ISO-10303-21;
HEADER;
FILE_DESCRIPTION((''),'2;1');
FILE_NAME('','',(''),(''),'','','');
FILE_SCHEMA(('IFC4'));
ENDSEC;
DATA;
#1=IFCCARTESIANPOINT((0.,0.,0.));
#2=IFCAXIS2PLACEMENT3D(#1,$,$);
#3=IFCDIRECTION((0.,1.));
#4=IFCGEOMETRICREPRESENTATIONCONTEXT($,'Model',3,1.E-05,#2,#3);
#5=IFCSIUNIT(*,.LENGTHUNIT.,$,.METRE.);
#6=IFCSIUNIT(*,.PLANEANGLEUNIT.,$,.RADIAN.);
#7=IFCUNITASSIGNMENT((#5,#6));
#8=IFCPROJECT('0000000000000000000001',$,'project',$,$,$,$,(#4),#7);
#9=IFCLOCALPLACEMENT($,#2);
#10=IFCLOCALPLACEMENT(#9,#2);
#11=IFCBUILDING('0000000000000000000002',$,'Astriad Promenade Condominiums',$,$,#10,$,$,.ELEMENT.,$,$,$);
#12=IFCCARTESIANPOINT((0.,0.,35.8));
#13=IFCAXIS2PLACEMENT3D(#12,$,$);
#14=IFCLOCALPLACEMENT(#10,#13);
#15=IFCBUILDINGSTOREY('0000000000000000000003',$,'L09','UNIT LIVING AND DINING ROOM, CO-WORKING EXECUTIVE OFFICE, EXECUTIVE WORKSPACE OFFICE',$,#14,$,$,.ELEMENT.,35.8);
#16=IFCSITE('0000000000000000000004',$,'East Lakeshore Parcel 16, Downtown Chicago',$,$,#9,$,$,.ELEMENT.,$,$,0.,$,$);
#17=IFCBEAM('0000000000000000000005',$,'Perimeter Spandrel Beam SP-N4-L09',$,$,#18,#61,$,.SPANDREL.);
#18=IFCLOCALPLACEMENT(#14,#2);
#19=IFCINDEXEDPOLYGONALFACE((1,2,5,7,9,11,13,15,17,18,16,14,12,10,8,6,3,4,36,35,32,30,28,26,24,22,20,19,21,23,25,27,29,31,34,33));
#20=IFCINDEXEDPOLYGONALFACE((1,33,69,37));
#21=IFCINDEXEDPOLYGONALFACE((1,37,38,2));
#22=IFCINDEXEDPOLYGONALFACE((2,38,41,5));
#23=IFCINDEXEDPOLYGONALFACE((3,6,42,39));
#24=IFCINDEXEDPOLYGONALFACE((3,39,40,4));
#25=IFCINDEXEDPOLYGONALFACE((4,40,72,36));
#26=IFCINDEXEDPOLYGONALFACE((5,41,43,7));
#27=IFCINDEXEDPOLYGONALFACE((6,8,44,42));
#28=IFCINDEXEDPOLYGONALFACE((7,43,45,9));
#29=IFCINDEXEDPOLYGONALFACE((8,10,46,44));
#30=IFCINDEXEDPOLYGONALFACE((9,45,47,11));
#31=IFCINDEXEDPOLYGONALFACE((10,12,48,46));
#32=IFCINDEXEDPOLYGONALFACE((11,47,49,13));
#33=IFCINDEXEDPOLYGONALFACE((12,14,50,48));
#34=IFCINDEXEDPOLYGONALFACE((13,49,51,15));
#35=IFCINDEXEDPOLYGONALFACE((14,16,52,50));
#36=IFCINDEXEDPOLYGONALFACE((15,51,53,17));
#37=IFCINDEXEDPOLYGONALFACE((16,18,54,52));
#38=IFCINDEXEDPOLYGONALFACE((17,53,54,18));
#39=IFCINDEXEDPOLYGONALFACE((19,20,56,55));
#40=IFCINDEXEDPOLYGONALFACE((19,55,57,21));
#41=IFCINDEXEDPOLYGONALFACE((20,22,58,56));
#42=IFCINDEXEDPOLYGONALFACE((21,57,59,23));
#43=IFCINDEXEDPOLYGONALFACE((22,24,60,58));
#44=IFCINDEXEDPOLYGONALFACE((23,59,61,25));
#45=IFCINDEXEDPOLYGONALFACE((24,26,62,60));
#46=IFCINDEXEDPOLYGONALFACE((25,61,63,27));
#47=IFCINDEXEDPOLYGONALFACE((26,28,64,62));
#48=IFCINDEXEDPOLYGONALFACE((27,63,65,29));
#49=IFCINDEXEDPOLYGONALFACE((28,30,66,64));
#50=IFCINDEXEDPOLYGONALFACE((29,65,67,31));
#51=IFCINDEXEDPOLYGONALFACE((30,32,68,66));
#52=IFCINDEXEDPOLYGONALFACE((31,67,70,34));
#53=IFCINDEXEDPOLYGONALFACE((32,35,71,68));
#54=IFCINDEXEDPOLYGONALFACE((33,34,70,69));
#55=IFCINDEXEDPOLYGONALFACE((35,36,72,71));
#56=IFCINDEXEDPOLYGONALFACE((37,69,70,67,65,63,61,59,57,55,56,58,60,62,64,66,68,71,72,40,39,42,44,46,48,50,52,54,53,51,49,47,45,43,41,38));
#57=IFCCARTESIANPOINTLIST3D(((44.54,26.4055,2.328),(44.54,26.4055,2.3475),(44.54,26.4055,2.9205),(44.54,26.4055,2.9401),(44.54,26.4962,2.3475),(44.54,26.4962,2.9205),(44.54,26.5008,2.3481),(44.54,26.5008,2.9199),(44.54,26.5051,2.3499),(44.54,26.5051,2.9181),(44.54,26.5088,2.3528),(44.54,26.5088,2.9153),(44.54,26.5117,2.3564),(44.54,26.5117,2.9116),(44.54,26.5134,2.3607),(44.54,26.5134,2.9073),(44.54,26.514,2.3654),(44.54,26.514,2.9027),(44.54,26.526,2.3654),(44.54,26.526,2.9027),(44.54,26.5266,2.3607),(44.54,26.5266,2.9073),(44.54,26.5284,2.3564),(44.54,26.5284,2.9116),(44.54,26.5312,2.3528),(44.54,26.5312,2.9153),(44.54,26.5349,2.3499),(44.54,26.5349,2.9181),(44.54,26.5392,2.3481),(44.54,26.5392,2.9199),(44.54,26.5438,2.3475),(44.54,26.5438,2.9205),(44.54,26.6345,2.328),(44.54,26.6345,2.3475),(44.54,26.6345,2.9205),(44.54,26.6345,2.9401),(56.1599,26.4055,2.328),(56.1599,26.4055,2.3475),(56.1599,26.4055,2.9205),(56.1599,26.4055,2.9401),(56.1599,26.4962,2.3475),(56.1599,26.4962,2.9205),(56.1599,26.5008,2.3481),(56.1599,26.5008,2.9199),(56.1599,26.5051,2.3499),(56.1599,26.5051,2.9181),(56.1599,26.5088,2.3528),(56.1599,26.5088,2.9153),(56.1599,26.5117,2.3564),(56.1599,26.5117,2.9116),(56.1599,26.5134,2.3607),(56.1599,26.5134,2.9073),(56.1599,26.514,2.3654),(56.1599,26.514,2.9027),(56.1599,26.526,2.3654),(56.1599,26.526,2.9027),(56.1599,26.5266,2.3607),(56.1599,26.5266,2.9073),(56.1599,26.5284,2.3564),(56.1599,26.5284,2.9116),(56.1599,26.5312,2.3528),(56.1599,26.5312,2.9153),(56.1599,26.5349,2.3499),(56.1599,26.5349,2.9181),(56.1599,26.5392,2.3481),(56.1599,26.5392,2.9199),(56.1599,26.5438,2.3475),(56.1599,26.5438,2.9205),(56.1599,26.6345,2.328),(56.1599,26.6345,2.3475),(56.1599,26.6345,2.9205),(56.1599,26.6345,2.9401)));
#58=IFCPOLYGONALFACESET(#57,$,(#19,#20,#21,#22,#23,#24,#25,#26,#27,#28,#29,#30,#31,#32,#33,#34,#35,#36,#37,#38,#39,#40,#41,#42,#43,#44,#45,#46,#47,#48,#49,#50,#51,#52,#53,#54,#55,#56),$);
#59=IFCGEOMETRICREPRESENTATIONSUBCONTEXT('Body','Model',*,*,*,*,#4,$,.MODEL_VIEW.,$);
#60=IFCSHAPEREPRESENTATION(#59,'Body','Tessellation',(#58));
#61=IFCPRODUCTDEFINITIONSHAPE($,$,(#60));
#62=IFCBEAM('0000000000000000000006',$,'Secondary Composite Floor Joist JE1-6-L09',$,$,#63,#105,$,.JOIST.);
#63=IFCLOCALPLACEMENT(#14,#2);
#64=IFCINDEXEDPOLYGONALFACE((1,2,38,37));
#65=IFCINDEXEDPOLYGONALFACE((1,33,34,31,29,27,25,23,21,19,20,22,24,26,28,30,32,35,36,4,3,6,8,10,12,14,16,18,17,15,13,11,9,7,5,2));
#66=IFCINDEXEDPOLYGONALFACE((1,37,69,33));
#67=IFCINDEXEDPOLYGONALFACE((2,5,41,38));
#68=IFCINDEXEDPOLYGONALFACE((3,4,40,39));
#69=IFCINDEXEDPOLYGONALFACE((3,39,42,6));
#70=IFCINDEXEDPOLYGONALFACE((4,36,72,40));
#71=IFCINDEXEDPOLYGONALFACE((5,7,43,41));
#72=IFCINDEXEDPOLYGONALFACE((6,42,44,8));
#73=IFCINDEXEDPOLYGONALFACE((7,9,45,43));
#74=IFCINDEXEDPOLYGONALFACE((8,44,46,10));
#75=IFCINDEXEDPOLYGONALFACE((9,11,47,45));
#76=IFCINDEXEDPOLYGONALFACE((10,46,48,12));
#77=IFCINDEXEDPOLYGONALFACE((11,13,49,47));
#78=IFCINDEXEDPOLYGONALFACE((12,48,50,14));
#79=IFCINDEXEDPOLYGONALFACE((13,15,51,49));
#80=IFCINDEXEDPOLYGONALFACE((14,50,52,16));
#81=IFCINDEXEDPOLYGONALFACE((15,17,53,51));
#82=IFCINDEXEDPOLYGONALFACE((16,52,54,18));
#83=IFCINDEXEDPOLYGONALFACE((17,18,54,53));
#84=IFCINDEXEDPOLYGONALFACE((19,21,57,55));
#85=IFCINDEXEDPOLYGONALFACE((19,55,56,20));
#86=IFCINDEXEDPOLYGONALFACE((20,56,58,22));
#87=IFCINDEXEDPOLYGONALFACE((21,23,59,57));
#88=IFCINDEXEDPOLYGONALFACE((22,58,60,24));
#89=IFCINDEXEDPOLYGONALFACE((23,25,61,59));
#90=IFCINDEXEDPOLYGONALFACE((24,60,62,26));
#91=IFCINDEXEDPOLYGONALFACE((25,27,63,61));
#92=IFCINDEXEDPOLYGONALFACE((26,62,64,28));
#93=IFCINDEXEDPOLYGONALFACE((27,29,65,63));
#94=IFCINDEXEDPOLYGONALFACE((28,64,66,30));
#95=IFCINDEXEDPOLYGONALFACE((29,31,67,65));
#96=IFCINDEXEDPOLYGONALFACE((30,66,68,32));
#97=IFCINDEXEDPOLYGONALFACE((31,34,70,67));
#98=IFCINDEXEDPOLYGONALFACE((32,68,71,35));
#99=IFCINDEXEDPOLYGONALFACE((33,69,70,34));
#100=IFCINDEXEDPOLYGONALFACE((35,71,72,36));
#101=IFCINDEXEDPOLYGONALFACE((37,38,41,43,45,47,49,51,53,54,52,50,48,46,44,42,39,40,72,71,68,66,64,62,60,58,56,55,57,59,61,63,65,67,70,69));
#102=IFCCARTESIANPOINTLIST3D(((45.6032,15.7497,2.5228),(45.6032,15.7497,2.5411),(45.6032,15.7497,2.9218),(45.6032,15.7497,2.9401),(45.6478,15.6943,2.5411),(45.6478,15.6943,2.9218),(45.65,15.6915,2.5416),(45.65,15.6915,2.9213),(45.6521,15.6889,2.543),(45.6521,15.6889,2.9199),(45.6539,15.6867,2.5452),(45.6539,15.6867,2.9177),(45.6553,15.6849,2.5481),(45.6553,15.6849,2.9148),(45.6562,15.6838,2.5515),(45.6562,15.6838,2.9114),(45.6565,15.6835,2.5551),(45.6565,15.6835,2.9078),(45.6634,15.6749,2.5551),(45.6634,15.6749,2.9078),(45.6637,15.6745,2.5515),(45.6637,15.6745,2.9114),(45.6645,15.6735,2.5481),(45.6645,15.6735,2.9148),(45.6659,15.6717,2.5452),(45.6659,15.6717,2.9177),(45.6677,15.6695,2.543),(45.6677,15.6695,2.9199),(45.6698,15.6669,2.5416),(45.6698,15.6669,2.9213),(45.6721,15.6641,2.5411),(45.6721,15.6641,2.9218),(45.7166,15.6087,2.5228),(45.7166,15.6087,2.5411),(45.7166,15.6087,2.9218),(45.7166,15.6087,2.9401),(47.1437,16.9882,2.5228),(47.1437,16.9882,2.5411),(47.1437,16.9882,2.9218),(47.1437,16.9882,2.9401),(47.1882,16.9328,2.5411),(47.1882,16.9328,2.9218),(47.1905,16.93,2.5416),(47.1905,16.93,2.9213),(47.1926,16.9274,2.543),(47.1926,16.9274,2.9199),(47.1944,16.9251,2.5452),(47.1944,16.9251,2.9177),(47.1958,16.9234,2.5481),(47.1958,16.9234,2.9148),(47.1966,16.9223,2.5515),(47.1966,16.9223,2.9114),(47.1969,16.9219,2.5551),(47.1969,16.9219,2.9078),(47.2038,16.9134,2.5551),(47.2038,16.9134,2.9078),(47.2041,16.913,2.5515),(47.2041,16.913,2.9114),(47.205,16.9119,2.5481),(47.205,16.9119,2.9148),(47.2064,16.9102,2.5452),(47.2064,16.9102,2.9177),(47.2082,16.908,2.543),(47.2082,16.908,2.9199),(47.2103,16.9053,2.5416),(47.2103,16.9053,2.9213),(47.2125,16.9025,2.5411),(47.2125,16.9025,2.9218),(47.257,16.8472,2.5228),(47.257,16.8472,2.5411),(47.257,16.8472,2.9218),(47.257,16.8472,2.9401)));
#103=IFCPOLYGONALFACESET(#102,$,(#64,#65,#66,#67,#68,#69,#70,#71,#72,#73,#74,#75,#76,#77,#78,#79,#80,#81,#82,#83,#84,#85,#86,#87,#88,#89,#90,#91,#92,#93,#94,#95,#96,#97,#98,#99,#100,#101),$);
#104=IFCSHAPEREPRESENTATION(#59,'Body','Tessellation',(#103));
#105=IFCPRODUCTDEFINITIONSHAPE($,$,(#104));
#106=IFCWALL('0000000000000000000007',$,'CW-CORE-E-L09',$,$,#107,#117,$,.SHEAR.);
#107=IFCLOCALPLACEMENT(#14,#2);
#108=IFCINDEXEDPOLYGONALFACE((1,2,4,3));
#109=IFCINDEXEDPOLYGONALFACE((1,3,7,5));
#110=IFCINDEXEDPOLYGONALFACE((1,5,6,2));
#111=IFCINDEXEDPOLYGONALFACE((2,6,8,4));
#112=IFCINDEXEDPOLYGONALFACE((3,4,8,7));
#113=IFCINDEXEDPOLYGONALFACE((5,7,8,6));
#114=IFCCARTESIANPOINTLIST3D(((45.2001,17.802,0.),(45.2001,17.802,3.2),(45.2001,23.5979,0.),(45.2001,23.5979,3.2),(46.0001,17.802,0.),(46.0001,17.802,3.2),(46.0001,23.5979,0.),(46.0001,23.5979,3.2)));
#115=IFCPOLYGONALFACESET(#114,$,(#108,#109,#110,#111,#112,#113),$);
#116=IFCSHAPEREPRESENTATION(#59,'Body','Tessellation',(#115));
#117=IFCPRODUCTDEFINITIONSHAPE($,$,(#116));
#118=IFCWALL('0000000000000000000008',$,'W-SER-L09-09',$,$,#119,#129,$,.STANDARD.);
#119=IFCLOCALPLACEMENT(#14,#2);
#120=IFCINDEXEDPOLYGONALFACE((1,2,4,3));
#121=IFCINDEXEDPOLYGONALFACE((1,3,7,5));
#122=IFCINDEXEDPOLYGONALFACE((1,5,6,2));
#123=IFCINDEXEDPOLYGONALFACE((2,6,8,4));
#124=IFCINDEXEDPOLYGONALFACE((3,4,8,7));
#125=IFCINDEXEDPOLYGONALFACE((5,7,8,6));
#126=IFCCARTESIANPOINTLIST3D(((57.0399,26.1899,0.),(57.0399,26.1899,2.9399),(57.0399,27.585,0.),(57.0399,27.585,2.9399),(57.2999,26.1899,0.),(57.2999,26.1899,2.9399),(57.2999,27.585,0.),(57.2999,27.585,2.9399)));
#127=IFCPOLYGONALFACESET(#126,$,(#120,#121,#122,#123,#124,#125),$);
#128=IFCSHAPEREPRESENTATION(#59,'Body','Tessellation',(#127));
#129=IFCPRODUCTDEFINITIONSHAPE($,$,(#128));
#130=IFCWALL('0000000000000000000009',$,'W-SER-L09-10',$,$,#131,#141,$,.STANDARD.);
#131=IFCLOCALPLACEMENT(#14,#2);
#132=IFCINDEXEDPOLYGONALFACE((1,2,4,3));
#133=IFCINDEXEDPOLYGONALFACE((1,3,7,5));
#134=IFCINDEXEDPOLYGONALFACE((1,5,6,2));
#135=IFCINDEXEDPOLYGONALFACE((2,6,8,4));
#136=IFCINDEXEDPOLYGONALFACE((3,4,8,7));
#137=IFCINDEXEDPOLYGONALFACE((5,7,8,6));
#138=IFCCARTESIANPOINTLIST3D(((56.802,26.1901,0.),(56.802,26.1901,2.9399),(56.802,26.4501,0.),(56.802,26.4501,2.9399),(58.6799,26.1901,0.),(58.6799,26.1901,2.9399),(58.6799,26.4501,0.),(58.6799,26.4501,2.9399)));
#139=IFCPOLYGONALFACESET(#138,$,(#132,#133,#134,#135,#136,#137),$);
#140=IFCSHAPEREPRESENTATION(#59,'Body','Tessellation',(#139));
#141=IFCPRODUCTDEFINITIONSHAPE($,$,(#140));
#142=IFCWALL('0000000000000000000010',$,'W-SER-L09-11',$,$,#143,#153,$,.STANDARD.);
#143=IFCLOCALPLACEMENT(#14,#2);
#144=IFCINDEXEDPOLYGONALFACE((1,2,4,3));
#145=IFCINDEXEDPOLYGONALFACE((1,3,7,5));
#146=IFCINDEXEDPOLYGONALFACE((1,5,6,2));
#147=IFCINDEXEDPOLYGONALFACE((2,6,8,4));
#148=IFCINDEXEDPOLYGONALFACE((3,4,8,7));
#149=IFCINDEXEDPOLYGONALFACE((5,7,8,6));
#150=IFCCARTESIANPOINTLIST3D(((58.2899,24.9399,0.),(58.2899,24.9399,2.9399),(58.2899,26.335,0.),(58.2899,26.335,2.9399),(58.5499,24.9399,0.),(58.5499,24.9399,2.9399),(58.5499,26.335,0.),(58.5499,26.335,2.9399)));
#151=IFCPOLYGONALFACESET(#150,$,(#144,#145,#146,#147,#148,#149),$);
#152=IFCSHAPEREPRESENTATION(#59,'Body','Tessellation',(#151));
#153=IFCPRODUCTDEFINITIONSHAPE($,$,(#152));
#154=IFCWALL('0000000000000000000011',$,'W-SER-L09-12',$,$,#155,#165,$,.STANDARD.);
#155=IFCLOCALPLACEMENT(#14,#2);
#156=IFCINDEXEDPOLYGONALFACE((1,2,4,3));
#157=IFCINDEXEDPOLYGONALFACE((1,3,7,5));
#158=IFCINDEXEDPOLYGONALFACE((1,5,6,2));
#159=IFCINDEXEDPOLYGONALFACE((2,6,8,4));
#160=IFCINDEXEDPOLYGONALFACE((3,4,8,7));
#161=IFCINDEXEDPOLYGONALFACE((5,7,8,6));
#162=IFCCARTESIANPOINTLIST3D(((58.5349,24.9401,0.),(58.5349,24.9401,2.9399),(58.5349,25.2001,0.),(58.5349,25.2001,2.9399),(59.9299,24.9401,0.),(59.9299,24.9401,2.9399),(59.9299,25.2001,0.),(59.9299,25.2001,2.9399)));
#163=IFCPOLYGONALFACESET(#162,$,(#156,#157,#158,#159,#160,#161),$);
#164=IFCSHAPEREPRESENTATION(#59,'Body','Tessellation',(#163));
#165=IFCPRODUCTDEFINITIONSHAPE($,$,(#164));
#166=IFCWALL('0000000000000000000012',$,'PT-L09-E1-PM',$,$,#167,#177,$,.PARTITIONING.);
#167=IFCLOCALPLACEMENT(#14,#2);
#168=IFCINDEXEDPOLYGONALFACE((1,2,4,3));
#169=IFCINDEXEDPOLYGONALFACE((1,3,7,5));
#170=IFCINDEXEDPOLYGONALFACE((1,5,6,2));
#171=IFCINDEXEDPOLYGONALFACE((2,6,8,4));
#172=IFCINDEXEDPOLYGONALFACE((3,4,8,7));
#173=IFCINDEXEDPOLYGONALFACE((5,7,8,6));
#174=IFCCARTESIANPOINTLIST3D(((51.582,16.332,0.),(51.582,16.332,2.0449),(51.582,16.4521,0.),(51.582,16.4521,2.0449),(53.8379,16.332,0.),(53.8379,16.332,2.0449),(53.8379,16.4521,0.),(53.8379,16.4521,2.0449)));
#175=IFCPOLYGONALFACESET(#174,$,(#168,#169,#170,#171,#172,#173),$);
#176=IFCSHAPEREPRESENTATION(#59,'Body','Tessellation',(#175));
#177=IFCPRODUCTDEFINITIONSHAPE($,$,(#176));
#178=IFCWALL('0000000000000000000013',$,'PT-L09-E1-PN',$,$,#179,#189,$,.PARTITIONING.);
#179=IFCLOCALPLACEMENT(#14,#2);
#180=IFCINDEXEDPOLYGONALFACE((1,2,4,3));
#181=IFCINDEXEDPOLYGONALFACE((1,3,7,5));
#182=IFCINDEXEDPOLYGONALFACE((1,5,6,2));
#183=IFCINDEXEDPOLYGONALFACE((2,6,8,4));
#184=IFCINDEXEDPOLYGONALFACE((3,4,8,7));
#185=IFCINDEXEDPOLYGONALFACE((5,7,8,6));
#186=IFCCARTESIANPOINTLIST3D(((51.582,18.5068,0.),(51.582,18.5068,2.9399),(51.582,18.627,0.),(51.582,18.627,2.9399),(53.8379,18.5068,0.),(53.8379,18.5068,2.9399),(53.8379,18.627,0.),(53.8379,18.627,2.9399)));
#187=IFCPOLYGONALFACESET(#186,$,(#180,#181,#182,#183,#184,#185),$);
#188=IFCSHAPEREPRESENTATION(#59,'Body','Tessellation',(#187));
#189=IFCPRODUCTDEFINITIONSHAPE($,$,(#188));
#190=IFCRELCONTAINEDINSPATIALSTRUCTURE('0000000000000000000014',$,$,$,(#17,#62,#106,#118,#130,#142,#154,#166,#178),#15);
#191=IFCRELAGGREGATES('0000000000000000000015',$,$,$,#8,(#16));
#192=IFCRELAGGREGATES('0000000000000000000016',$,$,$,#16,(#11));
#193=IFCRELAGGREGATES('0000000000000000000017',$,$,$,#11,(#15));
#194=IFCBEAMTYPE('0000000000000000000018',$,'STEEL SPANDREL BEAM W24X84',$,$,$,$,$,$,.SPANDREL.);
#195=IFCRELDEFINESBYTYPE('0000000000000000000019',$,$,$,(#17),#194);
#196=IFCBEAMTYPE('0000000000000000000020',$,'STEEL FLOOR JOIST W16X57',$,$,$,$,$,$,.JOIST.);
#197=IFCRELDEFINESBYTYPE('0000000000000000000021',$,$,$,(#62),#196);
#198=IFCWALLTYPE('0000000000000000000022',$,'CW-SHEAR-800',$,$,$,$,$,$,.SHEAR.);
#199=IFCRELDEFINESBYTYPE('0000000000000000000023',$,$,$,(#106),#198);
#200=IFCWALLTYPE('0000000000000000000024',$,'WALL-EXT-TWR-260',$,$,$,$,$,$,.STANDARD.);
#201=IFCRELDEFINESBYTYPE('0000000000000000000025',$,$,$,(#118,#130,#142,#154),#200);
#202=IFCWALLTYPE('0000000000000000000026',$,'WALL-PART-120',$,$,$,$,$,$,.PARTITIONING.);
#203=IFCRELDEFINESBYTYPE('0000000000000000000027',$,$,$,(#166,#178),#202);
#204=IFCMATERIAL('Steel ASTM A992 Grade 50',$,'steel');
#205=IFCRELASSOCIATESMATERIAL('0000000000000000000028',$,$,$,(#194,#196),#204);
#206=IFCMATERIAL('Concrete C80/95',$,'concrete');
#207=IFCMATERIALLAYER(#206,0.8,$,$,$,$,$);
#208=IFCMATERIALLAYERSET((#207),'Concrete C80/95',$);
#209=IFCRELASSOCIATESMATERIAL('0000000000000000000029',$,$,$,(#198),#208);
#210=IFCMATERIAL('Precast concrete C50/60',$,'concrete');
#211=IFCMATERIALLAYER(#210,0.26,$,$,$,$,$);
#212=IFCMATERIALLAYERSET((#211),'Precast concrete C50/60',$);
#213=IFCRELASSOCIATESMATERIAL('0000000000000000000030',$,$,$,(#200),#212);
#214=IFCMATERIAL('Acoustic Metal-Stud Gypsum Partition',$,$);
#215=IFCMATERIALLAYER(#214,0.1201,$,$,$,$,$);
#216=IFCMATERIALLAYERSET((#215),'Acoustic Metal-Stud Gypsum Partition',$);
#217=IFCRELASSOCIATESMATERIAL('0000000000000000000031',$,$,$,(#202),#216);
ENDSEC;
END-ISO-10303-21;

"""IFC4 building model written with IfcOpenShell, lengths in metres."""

from ifc_helpers import new_model, si_unit, direction, frame, frame_2d, origin, origin_2d, place, context, subcontext, project, spatial, rectangle, i_section, extrude, source, transform, mapped, material, layer, layer_set, material_profile, profile_set, type_object, type_shapes, element, save


model = new_model("IFC4")

# Units and contexts
model_context = context("Model", 3, precision=1e-05, world=origin(), true_north=direction((0.0, 1.0)))
body_context = subcontext(model_context, "Body", "Model", "MODEL_VIEW")
ifc_project = project(units=[si_unit("LENGTHUNIT", "METRE"), si_unit("PLANEANGLEUNIT", "RADIAN")], contexts=[model_context])

# Site, building, storey
site_placement = place(None, origin())
site = spatial("IfcSite", under=ifc_project, at=site_placement, Name="East Lakeshore Parcel 16, Downtown Chicago", CompositionType="ELEMENT", RefElevation=0.0)
building_placement = place(site_placement, origin())
building = spatial("IfcBuilding", under=site, at=building_placement, Name="Astriad Promenade Condominiums", CompositionType="ELEMENT")
storey_placement = place(building_placement, frame((0.0, 0.0, 35.8)))
storey = spatial("IfcBuildingStorey", under=building, at=storey_placement, Name="L09", Description="UNIT LIVING AND DINING ROOM, CO-WORKING EXECUTIVE OFFICE, EXECUTIVE WORKSPACE OFFICE", CompositionType="ELEMENT", Elevation=35.8)

# Shared definitions
ifc_material_1 = material(Name="Steel ASTM A992 Grade 50", Category="steel")
ifc_material_2 = material(Name="Concrete C80/95", Category="concrete")

# Beams
ifc_material_profile_1 = material_profile(ifc_material_1, i_section(OverallWidth=0.229, OverallDepth=0.6121, WebThickness=0.012, FlangeThickness=0.0195, FilletRadius=0.0178, at=origin_2d()), Name="W24X84")
ifc_profile_set_1 = profile_set([ifc_material_profile_1], Name="Steel ASTM A992 Grade 50")
beam_type_1 = type_object("IfcBeamType", Name="STEEL SPANDREL BEAM W24X84", PredefinedType="SPANDREL", material=ifc_profile_set_1)
shared_shape_1 = source(origin(), body_context, "Body", "SweptSolid", [
    extrude(i_section(OverallWidth=0.229, OverallDepth=0.6121, WebThickness=0.012, FlangeThickness=0.0195, FilletRadius=0.0178, at=origin_2d()), origin(), (0.0, 0.0, 1.0), 11.6199),
])
type_shapes(beam_type_1, [shared_shape_1])
beam_1_placement = place(storey_placement, frame((56.1599, 26.52, 2.634), z_axis=(-1.0, 0.0, 0.0), x_axis=(0.0, -1.0, 0.0)))
element("IfcBeam", 1, at=beam_1_placement, inside=storey, type_object=beam_type_1, Name="Perimeter Spandrel Beam SP-N4-L09", PredefinedType="SPANDREL", context=body_context, shape_type="MappedRepresentation", body=[
    mapped(shared_shape_1, transform((0.0, 0.0, 0.0), scale=1.0)),
])
ifc_material_profile_2 = material_profile(ifc_material_1, i_section(OverallWidth=0.1809, OverallDepth=0.4172, WebThickness=0.011, FlangeThickness=0.0183, FilletRadius=0.0139, at=origin_2d()), Name="W16X57")
ifc_profile_set_2 = profile_set([ifc_material_profile_2], Name="Steel ASTM A992 Grade 50")
beam_type_2 = type_object("IfcBeamType", Name="STEEL FLOOR JOIST W16X57", PredefinedType="JOIST", material=ifc_profile_set_2)
shared_shape_2 = source(origin(), body_context, "Body", "SweptSolid", [
    extrude(i_section(OverallWidth=0.1809, OverallDepth=0.4172, WebThickness=0.011, FlangeThickness=0.0183, FilletRadius=0.0139, at=origin_2d()), origin(), (0.0, 0.0, 1.0), 1.9766),
])
type_shapes(beam_type_2, [shared_shape_2])
beam_2_placement = place(storey_placement, frame((45.6599, 15.6792, 2.7314), z_axis=(0.77936, 0.626576, 0.0), x_axis=(-0.626576, 0.77936, 0.0)))
element("IfcBeam", 2, at=beam_2_placement, inside=storey, type_object=beam_type_2, Name="Secondary Composite Floor Joist JE1-6-L09", PredefinedType="JOIST", context=body_context, shape_type="MappedRepresentation", body=[
    mapped(shared_shape_2, transform((0.0, 0.0, 0.0), scale=1.0)),
])

# Walls
ifc_layer_1 = layer(ifc_material_2, 0.8)
ifc_layer_set_1 = layer_set([ifc_layer_1], Name="Concrete C80/95")
wall_type_1 = type_object("IfcWallType", Name="CW-SHEAR-800", PredefinedType="SHEAR", material=ifc_layer_set_1)
wall_1_placement = place(storey_placement, frame((45.6001, 17.802, 0.0), z_axis=(0.0, 0.0, 1.0), x_axis=(0.0, 1.0, 0.0)))
element("IfcWall", 3, at=wall_1_placement, inside=storey, type_object=wall_type_1, Name="CW-CORE-E-L09", PredefinedType="SHEAR", context=body_context, shape_type="SweptSolid", body=[
    extrude(rectangle(XDim=5.7959, YDim=0.8, at=frame_2d((2.8979, 0.0))), origin(), (0.0, 0.0, 1.0), 3.2),
])
ifc_material_3 = material(Name="Precast concrete C50/60", Category="concrete")
ifc_layer_2 = layer(ifc_material_3, 0.26)
ifc_layer_set_2 = layer_set([ifc_layer_2], Name="Precast concrete C50/60")
wall_type_2 = type_object("IfcWallType", Name="WALL-EXT-TWR-260", PredefinedType="STANDARD", material=ifc_layer_set_2)
wall_2_placement = place(storey_placement, frame((57.1699, 27.585, 0.0), z_axis=(0.0, 0.0, 1.0), x_axis=(0.0, -1.0, 0.0)))
element("IfcWall", 4, at=wall_2_placement, inside=storey, type_object=wall_type_2, Name="W-SER-L09-09", PredefinedType="STANDARD", context=body_context, shape_type="SweptSolid", body=[
    extrude(rectangle(XDim=1.395, YDim=0.26, at=frame_2d((0.6975, 0.0))), origin(), (0.0, 0.0, 1.0), 2.9399),
])
wall_3_placement = place(storey_placement, frame((56.802, 26.3201, 0.0), z_axis=(0.0, 0.0, 1.0), x_axis=(1.0, 0.0, 0.0)))
element("IfcWall", 5, at=wall_3_placement, inside=storey, type_object=wall_type_2, Name="W-SER-L09-10", PredefinedType="STANDARD", context=body_context, shape_type="SweptSolid", body=[
    extrude(rectangle(XDim=1.8779, YDim=0.26, at=frame_2d((0.939, 0.0))), origin(), (0.0, 0.0, 1.0), 2.9399),
])
for number, where, z_axis, x_axis, name in (
    (6, (58.4199, 26.335, 0.0), (0.0, 0.0, 1.0), (0.0, -1.0, 0.0), "W-SER-L09-11"),
    (7, (58.5349, 25.0701, 0.0), (0.0, 0.0, 1.0), (1.0, 0.0, 0.0), "W-SER-L09-12"),
):
    element("IfcWall", number, at=place(storey_placement, frame(where, z_axis=z_axis, x_axis=x_axis)), inside=storey, type_object=wall_type_2, Name=name, PredefinedType="STANDARD", context=body_context, shape_type="SweptSolid", body=[
        extrude(rectangle(XDim=1.395, YDim=0.26, at=frame_2d((0.6975, 0.0))), origin(), (0.0, 0.0, 1.0), 2.9399),
    ])
ifc_material_4 = material(Name="Acoustic Metal-Stud Gypsum Partition")
ifc_layer_3 = layer(ifc_material_4, 0.1201)
ifc_layer_set_3 = layer_set([ifc_layer_3], Name="Acoustic Metal-Stud Gypsum Partition")
wall_type_3 = type_object("IfcWallType", Name="WALL-PART-120", PredefinedType="PARTITIONING", material=ifc_layer_set_3)
wall_4_placement = place(storey_placement, frame((51.582, 16.3921, 0.0), z_axis=(0.0, 0.0, 1.0), x_axis=(1.0, 0.0, 0.0)))
element("IfcWall", 8, at=wall_4_placement, inside=storey, type_object=wall_type_3, Name="PT-L09-E1-PM", PredefinedType="PARTITIONING", context=body_context, shape_type="SweptSolid", body=[
    extrude(rectangle(XDim=2.2559, YDim=0.1201, at=frame_2d((1.1279, 0.0))), origin(), (0.0, 0.0, 1.0), 2.0449),
])
wall_5_placement = place(storey_placement, frame((51.582, 18.5669, 0.0), z_axis=(0.0, 0.0, 1.0), x_axis=(1.0, 0.0, 0.0)))
element("IfcWall", 9, at=wall_5_placement, inside=storey, type_object=wall_type_3, Name="PT-L09-E1-PN", PredefinedType="PARTITIONING", context=body_context, shape_type="SweptSolid", body=[
    extrude(rectangle(XDim=2.2559, YDim=0.1201, at=frame_2d((1.1279, 0.0))), origin(), (0.0, 0.0, 1.0), 2.9399),
])

save(model, "model.ifc")
